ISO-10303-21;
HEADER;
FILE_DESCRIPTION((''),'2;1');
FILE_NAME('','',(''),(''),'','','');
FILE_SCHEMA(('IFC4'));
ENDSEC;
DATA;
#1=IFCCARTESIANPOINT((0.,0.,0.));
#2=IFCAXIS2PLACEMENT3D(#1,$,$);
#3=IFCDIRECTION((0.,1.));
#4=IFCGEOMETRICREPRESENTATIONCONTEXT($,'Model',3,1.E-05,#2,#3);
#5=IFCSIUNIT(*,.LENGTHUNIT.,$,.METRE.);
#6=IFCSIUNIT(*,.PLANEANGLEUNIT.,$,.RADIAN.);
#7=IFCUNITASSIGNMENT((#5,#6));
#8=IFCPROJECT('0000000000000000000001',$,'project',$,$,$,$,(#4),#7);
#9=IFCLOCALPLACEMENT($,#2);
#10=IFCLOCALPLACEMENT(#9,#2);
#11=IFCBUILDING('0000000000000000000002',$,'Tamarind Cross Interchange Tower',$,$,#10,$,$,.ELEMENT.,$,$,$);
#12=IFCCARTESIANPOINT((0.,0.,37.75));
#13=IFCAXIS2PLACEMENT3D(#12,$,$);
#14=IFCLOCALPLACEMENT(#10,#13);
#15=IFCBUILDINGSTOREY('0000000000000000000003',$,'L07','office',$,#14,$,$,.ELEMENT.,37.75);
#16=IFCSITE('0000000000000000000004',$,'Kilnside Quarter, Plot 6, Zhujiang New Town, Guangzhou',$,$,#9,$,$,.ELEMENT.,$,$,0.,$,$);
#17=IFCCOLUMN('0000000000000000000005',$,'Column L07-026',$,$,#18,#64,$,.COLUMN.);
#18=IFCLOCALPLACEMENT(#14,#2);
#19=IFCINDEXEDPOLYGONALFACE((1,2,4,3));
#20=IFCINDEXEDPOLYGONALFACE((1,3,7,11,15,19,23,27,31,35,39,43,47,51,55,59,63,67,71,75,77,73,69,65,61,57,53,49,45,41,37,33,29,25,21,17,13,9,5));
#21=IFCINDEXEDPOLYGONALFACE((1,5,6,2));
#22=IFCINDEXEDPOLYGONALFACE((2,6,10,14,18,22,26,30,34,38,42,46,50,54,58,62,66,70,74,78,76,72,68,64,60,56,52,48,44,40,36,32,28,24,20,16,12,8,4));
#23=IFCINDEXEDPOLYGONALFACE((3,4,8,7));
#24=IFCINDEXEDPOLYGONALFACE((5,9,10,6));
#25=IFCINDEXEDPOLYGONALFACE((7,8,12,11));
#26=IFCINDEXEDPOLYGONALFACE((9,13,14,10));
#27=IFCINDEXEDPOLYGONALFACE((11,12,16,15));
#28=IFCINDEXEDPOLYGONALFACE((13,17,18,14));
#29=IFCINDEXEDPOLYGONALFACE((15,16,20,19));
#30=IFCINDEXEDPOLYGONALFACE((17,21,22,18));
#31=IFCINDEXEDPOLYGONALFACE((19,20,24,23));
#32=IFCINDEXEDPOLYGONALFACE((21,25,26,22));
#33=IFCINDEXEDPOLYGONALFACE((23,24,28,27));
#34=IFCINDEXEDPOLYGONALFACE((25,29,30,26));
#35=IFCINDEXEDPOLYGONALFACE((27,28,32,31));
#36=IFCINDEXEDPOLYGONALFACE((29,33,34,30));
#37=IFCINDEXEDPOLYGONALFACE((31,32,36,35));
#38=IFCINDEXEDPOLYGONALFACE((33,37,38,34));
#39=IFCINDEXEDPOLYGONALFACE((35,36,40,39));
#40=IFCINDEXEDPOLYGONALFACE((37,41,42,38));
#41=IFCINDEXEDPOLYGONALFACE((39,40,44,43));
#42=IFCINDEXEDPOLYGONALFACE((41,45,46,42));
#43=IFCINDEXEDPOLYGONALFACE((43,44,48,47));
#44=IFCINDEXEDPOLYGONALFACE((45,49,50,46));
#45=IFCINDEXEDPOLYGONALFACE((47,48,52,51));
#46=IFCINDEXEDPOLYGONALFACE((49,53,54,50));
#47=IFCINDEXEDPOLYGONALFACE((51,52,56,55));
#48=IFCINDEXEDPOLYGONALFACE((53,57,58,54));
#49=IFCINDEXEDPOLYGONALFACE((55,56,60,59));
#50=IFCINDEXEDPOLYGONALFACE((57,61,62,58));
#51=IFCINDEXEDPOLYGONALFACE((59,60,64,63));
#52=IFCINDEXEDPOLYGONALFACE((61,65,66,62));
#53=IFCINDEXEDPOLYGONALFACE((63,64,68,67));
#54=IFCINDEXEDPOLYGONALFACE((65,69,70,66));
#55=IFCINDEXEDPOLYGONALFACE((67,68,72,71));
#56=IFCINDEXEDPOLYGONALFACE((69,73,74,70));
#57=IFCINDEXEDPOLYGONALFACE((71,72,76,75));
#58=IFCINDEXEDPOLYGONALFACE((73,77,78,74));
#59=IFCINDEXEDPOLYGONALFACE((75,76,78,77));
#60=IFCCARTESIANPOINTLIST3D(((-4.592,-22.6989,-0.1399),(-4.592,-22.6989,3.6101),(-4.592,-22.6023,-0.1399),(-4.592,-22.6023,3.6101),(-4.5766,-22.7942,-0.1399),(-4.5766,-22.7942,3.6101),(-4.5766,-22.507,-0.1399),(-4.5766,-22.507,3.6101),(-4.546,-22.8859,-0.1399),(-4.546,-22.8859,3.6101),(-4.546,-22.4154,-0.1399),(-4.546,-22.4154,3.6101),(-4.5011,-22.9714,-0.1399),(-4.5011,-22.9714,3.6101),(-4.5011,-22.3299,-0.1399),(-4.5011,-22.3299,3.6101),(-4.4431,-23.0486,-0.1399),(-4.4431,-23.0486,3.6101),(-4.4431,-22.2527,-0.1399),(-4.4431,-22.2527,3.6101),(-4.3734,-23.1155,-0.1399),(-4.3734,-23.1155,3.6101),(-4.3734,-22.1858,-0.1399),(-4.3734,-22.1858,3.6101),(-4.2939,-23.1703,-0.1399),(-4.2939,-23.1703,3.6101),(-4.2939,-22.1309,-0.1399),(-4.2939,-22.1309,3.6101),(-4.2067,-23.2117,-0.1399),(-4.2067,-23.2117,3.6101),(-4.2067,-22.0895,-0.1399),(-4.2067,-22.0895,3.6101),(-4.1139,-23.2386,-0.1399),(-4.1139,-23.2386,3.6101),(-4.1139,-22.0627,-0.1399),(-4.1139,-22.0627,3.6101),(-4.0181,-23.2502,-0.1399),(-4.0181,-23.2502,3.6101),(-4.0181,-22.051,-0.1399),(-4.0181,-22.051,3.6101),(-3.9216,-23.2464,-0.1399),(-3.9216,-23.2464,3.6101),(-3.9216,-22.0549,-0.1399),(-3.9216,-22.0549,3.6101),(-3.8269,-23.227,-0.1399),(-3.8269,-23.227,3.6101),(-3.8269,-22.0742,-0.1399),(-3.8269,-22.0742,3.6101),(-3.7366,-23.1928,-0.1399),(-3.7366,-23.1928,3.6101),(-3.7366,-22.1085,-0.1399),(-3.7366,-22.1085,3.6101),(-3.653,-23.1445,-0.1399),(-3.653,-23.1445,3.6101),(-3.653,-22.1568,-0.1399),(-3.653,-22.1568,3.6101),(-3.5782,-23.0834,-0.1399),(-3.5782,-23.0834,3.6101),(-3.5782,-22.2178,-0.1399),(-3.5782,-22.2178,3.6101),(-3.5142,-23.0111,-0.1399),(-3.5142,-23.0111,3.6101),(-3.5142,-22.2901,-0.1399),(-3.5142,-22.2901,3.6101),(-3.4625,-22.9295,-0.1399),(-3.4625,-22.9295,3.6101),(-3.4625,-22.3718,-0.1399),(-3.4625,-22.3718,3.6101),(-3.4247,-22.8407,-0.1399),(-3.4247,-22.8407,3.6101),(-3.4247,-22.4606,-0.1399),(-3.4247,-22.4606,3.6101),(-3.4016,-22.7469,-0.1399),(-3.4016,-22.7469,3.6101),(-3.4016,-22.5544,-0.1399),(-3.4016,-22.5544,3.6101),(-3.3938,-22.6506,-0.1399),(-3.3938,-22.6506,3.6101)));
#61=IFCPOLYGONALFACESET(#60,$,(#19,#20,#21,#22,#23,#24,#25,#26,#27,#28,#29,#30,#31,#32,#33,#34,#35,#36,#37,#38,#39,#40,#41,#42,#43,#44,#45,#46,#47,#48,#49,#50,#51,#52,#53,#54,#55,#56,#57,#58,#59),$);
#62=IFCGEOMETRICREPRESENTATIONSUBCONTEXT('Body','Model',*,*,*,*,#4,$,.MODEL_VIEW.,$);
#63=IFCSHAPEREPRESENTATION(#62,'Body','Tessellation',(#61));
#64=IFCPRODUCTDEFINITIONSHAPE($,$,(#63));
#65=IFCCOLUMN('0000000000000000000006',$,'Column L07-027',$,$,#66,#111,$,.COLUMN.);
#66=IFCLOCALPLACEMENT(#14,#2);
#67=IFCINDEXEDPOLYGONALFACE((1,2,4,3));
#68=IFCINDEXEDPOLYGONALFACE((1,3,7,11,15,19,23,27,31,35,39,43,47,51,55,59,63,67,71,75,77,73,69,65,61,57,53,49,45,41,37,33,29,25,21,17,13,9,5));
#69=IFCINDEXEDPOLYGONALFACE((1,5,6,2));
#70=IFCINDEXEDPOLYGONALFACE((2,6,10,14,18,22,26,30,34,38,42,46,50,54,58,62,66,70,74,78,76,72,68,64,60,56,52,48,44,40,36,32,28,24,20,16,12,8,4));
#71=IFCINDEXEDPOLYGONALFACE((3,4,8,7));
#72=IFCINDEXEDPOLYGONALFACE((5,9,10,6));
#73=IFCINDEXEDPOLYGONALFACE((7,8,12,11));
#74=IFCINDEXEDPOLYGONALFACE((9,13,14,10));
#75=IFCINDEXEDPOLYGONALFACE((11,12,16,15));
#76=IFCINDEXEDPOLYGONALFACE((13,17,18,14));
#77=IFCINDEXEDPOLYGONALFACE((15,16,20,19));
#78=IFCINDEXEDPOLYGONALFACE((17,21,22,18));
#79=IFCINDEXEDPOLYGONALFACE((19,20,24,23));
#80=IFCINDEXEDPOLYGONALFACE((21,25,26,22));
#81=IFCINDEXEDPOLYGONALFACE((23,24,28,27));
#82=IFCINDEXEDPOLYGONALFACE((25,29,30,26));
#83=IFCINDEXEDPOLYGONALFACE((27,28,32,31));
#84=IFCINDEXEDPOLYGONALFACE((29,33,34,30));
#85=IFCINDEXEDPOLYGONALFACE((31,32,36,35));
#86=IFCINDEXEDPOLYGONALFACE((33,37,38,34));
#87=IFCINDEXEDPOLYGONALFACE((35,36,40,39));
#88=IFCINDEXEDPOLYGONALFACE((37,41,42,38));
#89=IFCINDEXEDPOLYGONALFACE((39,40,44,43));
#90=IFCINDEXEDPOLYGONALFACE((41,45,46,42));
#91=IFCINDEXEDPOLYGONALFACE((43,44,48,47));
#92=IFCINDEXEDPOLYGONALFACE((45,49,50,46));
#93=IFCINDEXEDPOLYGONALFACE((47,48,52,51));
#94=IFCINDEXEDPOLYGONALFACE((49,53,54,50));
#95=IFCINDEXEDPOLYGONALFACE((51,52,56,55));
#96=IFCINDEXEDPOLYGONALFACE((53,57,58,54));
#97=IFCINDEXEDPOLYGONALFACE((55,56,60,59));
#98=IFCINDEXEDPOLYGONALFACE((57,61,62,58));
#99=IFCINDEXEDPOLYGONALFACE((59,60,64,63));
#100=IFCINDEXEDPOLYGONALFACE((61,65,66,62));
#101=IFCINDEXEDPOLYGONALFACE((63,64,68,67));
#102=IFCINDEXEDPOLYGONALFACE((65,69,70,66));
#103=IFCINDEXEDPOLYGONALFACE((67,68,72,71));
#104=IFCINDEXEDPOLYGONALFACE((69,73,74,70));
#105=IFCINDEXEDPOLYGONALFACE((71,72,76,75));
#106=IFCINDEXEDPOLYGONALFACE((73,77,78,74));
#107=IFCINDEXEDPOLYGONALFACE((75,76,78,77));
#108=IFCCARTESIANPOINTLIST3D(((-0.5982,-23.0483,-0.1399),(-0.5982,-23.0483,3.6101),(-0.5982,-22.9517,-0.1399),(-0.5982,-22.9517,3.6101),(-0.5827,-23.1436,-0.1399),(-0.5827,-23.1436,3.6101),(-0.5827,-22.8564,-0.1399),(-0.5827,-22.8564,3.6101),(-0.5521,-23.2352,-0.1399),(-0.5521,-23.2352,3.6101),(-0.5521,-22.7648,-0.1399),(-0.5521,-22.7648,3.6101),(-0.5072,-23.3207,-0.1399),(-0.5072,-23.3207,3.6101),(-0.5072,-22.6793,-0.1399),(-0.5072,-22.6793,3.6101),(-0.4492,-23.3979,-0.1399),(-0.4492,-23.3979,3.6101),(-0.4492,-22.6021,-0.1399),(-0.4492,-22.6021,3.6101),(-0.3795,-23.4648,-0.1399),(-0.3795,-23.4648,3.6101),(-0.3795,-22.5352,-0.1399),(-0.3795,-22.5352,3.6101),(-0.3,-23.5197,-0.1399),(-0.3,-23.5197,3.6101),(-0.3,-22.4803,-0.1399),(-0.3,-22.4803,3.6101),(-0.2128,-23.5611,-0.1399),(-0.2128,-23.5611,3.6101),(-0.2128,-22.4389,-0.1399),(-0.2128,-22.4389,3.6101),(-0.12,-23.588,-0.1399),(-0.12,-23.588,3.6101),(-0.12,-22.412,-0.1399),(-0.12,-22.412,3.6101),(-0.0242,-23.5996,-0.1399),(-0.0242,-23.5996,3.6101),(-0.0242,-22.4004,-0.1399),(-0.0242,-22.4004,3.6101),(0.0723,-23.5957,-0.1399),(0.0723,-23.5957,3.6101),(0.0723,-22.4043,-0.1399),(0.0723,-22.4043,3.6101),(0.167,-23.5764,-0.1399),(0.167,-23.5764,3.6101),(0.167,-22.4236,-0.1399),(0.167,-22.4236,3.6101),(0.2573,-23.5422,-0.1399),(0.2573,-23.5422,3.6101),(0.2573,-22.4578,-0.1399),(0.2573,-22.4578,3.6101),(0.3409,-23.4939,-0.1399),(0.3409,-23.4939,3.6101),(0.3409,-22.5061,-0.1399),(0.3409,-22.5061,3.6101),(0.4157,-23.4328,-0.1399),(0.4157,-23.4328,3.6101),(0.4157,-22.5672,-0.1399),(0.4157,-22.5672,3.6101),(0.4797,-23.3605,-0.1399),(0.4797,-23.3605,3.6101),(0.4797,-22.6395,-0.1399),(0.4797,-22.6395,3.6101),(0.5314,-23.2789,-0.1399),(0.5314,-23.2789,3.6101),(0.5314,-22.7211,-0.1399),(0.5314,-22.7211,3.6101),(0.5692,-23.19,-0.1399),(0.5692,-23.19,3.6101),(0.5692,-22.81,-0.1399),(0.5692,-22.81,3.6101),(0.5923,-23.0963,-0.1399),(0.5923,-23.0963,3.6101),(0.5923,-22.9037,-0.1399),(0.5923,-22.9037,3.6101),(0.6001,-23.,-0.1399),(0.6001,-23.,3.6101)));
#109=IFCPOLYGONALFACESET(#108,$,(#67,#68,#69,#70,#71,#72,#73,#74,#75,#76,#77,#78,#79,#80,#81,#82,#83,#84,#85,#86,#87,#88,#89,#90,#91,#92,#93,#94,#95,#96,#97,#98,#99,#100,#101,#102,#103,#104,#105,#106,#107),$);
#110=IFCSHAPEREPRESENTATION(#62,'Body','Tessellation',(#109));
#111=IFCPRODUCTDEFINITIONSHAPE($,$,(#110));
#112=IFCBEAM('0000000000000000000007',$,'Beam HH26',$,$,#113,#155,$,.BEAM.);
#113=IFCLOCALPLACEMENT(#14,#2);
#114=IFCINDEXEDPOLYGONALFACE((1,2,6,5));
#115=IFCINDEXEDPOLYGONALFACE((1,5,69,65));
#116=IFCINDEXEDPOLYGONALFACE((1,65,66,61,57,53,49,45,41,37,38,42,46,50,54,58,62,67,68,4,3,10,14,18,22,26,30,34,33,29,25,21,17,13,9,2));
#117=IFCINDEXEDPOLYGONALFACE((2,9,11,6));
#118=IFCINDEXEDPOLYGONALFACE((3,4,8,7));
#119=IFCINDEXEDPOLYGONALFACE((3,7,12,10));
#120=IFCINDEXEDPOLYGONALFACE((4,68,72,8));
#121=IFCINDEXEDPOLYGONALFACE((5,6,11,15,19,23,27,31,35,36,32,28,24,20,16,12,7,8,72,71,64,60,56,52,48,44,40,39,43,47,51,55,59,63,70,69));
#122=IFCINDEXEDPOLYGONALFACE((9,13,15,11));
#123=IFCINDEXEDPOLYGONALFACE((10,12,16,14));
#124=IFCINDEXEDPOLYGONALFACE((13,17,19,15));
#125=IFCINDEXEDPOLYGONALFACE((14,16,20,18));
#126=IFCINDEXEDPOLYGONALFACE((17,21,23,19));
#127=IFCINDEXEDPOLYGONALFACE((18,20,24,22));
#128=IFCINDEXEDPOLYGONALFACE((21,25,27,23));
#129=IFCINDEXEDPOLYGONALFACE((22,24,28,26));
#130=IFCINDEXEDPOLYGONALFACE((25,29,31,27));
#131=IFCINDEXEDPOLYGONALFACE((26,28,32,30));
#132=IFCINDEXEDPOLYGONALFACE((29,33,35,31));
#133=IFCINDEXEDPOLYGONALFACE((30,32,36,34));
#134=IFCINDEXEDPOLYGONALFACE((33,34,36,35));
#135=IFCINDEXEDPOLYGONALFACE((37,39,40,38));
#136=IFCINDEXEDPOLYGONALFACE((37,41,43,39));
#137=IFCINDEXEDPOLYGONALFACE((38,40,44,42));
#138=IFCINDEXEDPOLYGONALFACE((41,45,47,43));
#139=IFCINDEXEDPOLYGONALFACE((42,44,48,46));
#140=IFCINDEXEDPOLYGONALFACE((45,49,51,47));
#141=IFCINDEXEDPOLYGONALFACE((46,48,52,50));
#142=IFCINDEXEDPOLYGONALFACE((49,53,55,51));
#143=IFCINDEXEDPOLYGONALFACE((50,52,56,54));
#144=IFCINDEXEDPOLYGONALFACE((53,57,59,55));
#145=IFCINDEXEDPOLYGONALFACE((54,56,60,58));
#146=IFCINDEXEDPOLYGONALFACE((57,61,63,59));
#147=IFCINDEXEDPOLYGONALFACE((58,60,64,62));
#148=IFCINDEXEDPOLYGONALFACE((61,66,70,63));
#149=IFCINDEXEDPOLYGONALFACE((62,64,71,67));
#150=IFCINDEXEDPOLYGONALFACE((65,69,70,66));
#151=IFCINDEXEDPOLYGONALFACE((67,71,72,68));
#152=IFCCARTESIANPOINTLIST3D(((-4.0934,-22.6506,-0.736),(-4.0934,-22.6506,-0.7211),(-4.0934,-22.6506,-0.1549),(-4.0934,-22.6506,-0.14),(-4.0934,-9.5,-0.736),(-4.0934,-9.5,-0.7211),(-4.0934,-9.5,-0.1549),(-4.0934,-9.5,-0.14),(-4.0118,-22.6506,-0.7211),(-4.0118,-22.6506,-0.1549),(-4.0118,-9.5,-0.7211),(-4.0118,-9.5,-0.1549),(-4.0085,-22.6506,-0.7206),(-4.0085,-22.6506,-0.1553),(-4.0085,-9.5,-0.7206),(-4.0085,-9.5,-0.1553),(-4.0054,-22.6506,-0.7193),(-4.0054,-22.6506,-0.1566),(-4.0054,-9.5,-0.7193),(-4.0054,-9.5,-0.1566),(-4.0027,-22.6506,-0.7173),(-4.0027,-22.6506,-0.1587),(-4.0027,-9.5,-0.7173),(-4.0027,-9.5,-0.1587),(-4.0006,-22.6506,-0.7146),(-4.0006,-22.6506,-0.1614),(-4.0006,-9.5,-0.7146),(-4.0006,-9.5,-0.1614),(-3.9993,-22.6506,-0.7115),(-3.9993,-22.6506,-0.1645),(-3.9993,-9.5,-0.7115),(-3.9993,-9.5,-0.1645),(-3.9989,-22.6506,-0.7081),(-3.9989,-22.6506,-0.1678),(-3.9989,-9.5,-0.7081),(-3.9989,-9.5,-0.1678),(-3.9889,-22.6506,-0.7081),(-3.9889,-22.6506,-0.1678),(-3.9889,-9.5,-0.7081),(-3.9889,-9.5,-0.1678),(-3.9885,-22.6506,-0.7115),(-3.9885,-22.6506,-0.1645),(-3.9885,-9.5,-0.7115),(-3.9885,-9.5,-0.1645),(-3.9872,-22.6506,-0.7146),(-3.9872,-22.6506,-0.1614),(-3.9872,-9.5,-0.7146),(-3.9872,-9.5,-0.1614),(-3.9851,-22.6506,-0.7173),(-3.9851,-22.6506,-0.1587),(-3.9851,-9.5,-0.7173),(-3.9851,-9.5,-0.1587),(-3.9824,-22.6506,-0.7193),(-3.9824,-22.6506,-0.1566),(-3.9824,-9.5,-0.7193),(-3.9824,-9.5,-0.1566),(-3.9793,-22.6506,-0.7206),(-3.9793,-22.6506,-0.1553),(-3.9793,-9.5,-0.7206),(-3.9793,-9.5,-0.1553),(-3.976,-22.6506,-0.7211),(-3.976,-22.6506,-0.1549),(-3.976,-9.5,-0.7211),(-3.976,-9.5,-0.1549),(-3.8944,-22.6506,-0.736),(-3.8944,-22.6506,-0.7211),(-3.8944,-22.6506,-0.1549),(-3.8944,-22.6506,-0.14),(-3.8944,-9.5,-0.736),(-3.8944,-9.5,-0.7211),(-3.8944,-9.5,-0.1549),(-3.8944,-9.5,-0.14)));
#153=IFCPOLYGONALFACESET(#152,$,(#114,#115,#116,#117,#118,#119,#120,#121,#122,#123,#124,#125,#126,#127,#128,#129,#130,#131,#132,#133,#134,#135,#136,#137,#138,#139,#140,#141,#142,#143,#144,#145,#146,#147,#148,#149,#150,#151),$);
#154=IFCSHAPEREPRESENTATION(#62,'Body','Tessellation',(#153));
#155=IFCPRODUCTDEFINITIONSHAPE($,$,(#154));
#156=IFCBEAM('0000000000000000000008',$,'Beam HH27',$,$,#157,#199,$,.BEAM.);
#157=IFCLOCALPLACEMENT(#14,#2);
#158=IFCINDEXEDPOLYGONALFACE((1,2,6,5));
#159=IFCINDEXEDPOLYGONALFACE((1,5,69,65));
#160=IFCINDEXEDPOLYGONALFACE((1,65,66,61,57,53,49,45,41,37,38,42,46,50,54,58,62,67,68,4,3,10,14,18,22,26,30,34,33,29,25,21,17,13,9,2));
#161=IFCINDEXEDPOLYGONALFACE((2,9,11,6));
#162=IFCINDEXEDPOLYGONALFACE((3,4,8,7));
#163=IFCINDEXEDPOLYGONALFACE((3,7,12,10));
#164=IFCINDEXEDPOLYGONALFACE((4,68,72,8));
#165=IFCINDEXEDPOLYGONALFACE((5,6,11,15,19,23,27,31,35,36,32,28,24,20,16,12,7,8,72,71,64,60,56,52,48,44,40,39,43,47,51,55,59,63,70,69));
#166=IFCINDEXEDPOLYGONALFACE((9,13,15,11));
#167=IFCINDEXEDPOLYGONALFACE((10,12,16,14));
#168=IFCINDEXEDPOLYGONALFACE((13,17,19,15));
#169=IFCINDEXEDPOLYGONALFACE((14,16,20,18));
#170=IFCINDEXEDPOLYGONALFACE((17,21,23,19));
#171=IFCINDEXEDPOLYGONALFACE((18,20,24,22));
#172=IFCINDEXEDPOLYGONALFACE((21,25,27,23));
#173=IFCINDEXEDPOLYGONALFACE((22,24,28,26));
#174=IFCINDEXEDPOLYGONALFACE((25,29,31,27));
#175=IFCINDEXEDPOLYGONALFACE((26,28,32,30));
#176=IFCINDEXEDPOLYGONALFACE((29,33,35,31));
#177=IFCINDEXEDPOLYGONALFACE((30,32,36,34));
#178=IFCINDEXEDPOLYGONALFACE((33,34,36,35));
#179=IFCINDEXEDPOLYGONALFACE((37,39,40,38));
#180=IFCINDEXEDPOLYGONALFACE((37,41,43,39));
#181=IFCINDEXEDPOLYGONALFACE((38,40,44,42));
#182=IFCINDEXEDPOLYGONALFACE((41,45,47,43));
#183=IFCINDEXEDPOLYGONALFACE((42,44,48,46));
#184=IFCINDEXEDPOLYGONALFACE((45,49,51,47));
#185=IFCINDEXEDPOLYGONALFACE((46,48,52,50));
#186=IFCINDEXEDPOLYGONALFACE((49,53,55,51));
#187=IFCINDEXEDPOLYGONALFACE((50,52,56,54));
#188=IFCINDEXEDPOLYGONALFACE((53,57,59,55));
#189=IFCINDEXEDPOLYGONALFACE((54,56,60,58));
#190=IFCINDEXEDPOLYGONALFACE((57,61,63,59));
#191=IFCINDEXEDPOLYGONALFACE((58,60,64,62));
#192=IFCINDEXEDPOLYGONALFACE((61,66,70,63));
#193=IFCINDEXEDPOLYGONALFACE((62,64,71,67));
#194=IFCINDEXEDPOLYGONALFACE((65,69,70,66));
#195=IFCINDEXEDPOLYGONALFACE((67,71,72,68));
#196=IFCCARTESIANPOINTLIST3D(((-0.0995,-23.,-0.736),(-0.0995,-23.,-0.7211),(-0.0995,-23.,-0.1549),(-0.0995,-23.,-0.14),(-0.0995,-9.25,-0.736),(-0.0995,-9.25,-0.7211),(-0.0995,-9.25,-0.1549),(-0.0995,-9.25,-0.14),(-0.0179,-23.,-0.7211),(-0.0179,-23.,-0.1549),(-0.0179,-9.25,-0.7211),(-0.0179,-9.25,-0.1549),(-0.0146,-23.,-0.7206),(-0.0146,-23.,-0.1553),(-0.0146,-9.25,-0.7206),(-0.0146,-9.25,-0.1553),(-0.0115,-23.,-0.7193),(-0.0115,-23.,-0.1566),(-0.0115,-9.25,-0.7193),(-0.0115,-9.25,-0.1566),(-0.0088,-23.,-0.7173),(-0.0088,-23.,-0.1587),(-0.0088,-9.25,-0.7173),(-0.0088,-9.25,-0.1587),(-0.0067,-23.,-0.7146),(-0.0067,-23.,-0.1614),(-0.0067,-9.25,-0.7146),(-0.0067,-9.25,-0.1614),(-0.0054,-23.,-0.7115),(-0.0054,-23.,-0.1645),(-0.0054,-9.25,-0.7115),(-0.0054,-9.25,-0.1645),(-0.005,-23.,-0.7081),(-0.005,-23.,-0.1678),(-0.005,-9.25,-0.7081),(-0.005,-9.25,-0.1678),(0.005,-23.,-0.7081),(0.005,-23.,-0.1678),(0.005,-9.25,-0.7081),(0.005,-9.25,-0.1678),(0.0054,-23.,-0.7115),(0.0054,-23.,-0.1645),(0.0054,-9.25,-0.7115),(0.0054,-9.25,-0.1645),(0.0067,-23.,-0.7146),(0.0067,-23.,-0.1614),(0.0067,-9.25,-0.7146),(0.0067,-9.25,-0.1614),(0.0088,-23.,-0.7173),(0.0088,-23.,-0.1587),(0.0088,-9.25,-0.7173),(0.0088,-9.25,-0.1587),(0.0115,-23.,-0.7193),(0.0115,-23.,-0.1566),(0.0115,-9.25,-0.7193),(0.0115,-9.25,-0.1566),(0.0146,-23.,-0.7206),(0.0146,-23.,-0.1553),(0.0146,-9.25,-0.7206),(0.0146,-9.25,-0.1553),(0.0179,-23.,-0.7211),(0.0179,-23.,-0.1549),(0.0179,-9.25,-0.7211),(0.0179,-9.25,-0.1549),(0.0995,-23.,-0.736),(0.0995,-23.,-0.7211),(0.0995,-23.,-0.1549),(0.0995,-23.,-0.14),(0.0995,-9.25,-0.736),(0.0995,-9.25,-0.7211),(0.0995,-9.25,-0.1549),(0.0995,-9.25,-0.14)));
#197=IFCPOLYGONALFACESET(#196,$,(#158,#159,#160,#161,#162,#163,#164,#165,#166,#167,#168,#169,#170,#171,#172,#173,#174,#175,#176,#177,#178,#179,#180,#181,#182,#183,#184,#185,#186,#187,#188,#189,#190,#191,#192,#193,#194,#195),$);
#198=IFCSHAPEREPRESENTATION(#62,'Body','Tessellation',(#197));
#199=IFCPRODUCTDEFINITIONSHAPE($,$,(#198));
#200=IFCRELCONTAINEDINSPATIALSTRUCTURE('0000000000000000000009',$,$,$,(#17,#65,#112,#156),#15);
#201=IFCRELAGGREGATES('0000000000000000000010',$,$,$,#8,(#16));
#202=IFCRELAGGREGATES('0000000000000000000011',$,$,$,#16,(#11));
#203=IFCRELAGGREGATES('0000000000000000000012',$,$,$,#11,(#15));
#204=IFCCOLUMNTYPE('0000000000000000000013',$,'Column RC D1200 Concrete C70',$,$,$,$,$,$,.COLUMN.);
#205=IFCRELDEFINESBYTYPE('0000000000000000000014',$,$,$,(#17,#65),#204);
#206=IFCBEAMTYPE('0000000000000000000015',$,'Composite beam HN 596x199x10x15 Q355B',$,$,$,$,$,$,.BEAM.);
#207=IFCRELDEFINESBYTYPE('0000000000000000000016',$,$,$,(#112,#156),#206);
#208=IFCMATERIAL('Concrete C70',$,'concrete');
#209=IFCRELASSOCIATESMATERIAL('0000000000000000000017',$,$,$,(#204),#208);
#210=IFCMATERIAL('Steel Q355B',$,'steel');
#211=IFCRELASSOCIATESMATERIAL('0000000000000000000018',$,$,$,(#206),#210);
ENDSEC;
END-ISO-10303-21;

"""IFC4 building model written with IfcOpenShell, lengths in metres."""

from ifc_helpers import new_model, si_unit, direction, frame, origin, origin_2d, place, context, subcontext, project, spatial, circle, i_section, extrude, material, material_profile, profile_set, type_object, element, save


model = new_model("IFC4")

# Units and contexts
model_context = context("Model", 3, precision=1e-05, world=origin(), true_north=direction((0.0, 1.0)))
body_context = subcontext(model_context, "Body", "Model", "MODEL_VIEW")
ifc_project = project(units=[si_unit("LENGTHUNIT", "METRE"), si_unit("PLANEANGLEUNIT", "RADIAN")], contexts=[model_context])

# Site, building, storey
site_placement = place(None, origin())
site = spatial("IfcSite", under=ifc_project, at=site_placement, Name="Kilnside Quarter, Plot 6, Zhujiang New Town, Guangzhou", CompositionType="ELEMENT", RefElevation=0.0)
building_placement = place(site_placement, origin())
building = spatial("IfcBuilding", under=site, at=building_placement, Name="Tamarind Cross Interchange Tower", CompositionType="ELEMENT")
storey_placement = place(building_placement, frame((0.0, 0.0, 37.75)))
storey = spatial("IfcBuildingStorey", under=building, at=storey_placement, Name="L07", Description="office", CompositionType="ELEMENT", Elevation=37.75)

# Columns
ifc_material_1 = material(Name="Concrete C70", Category="concrete")
ifc_material_profile_1 = material_profile(ifc_material_1, circle(Radius=0.6001, at=origin_2d()), Name="RC D1200")
ifc_profile_set_1 = profile_set([ifc_material_profile_1], Name="Concrete C70")
column_type = type_object("IfcColumnType", Name="Column RC D1200 Concrete C70", PredefinedType="COLUMN", material=ifc_profile_set_1)
for number, where, z_axis, x_axis, name in (
    (1, (-3.9939, -22.6506, -0.1399), (0.0, 0.0, 1.0), (1.0, 0.0, 0.0), "Column L07-026"),
    (2, (0.0, -23.0, -0.1399), (0.0, 0.0, 1.0), (1.0, 0.0, 0.0), "Column L07-027"),
):
    element("IfcColumn", number, at=place(storey_placement, frame(where, z_axis=z_axis, x_axis=x_axis)), inside=storey, type_object=column_type, Name=name, PredefinedType="COLUMN", context=body_context, shape_type="SweptSolid", body=[
        extrude(circle(Radius=0.6001, at=origin_2d()), origin(), (0.0, 0.0, 1.0), 3.75),
    ])

# Beams
ifc_material_2 = material(Name="Steel Q355B", Category="steel")
ifc_material_profile_2 = material_profile(ifc_material_2, i_section(OverallWidth=0.199, OverallDepth=0.5959, WebThickness=0.01, FlangeThickness=0.0149, FilletRadius=0.0129, at=origin_2d()), Name="HN 596x199x10x15")
ifc_profile_set_2 = profile_set([ifc_material_profile_2], Name="Steel Q355B")
beam_type_1 = type_object("IfcBeamType", Name="Composite beam HN 596x199x10x15 Q355B", PredefinedType="BEAM", material=ifc_profile_set_2)
beam_1_placement = place(storey_placement, frame((-3.9939, -22.6506, -0.438), z_axis=(0.0, 1.0, 0.0), x_axis=(-1.0, 0.0, 0.0)))
element("IfcBeam", 3, at=beam_1_placement, inside=storey, type_object=beam_type_1, Name="Beam HH26", PredefinedType="BEAM", context=body_context, shape_type="SweptSolid", body=[
    extrude(i_section(OverallWidth=0.199, OverallDepth=0.5959, WebThickness=0.01, FlangeThickness=0.0149, FilletRadius=0.0129, at=origin_2d()), origin(), (0.0, 0.0, 1.0), 13.1506),
])
beam_2_placement = place(storey_placement, frame((0.0, -23.0, -0.438), z_axis=(0.0, 1.0, 0.0), x_axis=(-1.0, 0.0, 0.0)))
element("IfcBeam", 4, at=beam_2_placement, inside=storey, type_object=beam_type_1, Name="Beam HH27", PredefinedType="BEAM", context=body_context, shape_type="SweptSolid", body=[
    extrude(i_section(OverallWidth=0.199, OverallDepth=0.5959, WebThickness=0.01, FlangeThickness=0.0149, FilletRadius=0.0129, at=origin_2d()), origin(), (0.0, 0.0, 1.0), 13.75),
])

save(model, "model.ifc")
